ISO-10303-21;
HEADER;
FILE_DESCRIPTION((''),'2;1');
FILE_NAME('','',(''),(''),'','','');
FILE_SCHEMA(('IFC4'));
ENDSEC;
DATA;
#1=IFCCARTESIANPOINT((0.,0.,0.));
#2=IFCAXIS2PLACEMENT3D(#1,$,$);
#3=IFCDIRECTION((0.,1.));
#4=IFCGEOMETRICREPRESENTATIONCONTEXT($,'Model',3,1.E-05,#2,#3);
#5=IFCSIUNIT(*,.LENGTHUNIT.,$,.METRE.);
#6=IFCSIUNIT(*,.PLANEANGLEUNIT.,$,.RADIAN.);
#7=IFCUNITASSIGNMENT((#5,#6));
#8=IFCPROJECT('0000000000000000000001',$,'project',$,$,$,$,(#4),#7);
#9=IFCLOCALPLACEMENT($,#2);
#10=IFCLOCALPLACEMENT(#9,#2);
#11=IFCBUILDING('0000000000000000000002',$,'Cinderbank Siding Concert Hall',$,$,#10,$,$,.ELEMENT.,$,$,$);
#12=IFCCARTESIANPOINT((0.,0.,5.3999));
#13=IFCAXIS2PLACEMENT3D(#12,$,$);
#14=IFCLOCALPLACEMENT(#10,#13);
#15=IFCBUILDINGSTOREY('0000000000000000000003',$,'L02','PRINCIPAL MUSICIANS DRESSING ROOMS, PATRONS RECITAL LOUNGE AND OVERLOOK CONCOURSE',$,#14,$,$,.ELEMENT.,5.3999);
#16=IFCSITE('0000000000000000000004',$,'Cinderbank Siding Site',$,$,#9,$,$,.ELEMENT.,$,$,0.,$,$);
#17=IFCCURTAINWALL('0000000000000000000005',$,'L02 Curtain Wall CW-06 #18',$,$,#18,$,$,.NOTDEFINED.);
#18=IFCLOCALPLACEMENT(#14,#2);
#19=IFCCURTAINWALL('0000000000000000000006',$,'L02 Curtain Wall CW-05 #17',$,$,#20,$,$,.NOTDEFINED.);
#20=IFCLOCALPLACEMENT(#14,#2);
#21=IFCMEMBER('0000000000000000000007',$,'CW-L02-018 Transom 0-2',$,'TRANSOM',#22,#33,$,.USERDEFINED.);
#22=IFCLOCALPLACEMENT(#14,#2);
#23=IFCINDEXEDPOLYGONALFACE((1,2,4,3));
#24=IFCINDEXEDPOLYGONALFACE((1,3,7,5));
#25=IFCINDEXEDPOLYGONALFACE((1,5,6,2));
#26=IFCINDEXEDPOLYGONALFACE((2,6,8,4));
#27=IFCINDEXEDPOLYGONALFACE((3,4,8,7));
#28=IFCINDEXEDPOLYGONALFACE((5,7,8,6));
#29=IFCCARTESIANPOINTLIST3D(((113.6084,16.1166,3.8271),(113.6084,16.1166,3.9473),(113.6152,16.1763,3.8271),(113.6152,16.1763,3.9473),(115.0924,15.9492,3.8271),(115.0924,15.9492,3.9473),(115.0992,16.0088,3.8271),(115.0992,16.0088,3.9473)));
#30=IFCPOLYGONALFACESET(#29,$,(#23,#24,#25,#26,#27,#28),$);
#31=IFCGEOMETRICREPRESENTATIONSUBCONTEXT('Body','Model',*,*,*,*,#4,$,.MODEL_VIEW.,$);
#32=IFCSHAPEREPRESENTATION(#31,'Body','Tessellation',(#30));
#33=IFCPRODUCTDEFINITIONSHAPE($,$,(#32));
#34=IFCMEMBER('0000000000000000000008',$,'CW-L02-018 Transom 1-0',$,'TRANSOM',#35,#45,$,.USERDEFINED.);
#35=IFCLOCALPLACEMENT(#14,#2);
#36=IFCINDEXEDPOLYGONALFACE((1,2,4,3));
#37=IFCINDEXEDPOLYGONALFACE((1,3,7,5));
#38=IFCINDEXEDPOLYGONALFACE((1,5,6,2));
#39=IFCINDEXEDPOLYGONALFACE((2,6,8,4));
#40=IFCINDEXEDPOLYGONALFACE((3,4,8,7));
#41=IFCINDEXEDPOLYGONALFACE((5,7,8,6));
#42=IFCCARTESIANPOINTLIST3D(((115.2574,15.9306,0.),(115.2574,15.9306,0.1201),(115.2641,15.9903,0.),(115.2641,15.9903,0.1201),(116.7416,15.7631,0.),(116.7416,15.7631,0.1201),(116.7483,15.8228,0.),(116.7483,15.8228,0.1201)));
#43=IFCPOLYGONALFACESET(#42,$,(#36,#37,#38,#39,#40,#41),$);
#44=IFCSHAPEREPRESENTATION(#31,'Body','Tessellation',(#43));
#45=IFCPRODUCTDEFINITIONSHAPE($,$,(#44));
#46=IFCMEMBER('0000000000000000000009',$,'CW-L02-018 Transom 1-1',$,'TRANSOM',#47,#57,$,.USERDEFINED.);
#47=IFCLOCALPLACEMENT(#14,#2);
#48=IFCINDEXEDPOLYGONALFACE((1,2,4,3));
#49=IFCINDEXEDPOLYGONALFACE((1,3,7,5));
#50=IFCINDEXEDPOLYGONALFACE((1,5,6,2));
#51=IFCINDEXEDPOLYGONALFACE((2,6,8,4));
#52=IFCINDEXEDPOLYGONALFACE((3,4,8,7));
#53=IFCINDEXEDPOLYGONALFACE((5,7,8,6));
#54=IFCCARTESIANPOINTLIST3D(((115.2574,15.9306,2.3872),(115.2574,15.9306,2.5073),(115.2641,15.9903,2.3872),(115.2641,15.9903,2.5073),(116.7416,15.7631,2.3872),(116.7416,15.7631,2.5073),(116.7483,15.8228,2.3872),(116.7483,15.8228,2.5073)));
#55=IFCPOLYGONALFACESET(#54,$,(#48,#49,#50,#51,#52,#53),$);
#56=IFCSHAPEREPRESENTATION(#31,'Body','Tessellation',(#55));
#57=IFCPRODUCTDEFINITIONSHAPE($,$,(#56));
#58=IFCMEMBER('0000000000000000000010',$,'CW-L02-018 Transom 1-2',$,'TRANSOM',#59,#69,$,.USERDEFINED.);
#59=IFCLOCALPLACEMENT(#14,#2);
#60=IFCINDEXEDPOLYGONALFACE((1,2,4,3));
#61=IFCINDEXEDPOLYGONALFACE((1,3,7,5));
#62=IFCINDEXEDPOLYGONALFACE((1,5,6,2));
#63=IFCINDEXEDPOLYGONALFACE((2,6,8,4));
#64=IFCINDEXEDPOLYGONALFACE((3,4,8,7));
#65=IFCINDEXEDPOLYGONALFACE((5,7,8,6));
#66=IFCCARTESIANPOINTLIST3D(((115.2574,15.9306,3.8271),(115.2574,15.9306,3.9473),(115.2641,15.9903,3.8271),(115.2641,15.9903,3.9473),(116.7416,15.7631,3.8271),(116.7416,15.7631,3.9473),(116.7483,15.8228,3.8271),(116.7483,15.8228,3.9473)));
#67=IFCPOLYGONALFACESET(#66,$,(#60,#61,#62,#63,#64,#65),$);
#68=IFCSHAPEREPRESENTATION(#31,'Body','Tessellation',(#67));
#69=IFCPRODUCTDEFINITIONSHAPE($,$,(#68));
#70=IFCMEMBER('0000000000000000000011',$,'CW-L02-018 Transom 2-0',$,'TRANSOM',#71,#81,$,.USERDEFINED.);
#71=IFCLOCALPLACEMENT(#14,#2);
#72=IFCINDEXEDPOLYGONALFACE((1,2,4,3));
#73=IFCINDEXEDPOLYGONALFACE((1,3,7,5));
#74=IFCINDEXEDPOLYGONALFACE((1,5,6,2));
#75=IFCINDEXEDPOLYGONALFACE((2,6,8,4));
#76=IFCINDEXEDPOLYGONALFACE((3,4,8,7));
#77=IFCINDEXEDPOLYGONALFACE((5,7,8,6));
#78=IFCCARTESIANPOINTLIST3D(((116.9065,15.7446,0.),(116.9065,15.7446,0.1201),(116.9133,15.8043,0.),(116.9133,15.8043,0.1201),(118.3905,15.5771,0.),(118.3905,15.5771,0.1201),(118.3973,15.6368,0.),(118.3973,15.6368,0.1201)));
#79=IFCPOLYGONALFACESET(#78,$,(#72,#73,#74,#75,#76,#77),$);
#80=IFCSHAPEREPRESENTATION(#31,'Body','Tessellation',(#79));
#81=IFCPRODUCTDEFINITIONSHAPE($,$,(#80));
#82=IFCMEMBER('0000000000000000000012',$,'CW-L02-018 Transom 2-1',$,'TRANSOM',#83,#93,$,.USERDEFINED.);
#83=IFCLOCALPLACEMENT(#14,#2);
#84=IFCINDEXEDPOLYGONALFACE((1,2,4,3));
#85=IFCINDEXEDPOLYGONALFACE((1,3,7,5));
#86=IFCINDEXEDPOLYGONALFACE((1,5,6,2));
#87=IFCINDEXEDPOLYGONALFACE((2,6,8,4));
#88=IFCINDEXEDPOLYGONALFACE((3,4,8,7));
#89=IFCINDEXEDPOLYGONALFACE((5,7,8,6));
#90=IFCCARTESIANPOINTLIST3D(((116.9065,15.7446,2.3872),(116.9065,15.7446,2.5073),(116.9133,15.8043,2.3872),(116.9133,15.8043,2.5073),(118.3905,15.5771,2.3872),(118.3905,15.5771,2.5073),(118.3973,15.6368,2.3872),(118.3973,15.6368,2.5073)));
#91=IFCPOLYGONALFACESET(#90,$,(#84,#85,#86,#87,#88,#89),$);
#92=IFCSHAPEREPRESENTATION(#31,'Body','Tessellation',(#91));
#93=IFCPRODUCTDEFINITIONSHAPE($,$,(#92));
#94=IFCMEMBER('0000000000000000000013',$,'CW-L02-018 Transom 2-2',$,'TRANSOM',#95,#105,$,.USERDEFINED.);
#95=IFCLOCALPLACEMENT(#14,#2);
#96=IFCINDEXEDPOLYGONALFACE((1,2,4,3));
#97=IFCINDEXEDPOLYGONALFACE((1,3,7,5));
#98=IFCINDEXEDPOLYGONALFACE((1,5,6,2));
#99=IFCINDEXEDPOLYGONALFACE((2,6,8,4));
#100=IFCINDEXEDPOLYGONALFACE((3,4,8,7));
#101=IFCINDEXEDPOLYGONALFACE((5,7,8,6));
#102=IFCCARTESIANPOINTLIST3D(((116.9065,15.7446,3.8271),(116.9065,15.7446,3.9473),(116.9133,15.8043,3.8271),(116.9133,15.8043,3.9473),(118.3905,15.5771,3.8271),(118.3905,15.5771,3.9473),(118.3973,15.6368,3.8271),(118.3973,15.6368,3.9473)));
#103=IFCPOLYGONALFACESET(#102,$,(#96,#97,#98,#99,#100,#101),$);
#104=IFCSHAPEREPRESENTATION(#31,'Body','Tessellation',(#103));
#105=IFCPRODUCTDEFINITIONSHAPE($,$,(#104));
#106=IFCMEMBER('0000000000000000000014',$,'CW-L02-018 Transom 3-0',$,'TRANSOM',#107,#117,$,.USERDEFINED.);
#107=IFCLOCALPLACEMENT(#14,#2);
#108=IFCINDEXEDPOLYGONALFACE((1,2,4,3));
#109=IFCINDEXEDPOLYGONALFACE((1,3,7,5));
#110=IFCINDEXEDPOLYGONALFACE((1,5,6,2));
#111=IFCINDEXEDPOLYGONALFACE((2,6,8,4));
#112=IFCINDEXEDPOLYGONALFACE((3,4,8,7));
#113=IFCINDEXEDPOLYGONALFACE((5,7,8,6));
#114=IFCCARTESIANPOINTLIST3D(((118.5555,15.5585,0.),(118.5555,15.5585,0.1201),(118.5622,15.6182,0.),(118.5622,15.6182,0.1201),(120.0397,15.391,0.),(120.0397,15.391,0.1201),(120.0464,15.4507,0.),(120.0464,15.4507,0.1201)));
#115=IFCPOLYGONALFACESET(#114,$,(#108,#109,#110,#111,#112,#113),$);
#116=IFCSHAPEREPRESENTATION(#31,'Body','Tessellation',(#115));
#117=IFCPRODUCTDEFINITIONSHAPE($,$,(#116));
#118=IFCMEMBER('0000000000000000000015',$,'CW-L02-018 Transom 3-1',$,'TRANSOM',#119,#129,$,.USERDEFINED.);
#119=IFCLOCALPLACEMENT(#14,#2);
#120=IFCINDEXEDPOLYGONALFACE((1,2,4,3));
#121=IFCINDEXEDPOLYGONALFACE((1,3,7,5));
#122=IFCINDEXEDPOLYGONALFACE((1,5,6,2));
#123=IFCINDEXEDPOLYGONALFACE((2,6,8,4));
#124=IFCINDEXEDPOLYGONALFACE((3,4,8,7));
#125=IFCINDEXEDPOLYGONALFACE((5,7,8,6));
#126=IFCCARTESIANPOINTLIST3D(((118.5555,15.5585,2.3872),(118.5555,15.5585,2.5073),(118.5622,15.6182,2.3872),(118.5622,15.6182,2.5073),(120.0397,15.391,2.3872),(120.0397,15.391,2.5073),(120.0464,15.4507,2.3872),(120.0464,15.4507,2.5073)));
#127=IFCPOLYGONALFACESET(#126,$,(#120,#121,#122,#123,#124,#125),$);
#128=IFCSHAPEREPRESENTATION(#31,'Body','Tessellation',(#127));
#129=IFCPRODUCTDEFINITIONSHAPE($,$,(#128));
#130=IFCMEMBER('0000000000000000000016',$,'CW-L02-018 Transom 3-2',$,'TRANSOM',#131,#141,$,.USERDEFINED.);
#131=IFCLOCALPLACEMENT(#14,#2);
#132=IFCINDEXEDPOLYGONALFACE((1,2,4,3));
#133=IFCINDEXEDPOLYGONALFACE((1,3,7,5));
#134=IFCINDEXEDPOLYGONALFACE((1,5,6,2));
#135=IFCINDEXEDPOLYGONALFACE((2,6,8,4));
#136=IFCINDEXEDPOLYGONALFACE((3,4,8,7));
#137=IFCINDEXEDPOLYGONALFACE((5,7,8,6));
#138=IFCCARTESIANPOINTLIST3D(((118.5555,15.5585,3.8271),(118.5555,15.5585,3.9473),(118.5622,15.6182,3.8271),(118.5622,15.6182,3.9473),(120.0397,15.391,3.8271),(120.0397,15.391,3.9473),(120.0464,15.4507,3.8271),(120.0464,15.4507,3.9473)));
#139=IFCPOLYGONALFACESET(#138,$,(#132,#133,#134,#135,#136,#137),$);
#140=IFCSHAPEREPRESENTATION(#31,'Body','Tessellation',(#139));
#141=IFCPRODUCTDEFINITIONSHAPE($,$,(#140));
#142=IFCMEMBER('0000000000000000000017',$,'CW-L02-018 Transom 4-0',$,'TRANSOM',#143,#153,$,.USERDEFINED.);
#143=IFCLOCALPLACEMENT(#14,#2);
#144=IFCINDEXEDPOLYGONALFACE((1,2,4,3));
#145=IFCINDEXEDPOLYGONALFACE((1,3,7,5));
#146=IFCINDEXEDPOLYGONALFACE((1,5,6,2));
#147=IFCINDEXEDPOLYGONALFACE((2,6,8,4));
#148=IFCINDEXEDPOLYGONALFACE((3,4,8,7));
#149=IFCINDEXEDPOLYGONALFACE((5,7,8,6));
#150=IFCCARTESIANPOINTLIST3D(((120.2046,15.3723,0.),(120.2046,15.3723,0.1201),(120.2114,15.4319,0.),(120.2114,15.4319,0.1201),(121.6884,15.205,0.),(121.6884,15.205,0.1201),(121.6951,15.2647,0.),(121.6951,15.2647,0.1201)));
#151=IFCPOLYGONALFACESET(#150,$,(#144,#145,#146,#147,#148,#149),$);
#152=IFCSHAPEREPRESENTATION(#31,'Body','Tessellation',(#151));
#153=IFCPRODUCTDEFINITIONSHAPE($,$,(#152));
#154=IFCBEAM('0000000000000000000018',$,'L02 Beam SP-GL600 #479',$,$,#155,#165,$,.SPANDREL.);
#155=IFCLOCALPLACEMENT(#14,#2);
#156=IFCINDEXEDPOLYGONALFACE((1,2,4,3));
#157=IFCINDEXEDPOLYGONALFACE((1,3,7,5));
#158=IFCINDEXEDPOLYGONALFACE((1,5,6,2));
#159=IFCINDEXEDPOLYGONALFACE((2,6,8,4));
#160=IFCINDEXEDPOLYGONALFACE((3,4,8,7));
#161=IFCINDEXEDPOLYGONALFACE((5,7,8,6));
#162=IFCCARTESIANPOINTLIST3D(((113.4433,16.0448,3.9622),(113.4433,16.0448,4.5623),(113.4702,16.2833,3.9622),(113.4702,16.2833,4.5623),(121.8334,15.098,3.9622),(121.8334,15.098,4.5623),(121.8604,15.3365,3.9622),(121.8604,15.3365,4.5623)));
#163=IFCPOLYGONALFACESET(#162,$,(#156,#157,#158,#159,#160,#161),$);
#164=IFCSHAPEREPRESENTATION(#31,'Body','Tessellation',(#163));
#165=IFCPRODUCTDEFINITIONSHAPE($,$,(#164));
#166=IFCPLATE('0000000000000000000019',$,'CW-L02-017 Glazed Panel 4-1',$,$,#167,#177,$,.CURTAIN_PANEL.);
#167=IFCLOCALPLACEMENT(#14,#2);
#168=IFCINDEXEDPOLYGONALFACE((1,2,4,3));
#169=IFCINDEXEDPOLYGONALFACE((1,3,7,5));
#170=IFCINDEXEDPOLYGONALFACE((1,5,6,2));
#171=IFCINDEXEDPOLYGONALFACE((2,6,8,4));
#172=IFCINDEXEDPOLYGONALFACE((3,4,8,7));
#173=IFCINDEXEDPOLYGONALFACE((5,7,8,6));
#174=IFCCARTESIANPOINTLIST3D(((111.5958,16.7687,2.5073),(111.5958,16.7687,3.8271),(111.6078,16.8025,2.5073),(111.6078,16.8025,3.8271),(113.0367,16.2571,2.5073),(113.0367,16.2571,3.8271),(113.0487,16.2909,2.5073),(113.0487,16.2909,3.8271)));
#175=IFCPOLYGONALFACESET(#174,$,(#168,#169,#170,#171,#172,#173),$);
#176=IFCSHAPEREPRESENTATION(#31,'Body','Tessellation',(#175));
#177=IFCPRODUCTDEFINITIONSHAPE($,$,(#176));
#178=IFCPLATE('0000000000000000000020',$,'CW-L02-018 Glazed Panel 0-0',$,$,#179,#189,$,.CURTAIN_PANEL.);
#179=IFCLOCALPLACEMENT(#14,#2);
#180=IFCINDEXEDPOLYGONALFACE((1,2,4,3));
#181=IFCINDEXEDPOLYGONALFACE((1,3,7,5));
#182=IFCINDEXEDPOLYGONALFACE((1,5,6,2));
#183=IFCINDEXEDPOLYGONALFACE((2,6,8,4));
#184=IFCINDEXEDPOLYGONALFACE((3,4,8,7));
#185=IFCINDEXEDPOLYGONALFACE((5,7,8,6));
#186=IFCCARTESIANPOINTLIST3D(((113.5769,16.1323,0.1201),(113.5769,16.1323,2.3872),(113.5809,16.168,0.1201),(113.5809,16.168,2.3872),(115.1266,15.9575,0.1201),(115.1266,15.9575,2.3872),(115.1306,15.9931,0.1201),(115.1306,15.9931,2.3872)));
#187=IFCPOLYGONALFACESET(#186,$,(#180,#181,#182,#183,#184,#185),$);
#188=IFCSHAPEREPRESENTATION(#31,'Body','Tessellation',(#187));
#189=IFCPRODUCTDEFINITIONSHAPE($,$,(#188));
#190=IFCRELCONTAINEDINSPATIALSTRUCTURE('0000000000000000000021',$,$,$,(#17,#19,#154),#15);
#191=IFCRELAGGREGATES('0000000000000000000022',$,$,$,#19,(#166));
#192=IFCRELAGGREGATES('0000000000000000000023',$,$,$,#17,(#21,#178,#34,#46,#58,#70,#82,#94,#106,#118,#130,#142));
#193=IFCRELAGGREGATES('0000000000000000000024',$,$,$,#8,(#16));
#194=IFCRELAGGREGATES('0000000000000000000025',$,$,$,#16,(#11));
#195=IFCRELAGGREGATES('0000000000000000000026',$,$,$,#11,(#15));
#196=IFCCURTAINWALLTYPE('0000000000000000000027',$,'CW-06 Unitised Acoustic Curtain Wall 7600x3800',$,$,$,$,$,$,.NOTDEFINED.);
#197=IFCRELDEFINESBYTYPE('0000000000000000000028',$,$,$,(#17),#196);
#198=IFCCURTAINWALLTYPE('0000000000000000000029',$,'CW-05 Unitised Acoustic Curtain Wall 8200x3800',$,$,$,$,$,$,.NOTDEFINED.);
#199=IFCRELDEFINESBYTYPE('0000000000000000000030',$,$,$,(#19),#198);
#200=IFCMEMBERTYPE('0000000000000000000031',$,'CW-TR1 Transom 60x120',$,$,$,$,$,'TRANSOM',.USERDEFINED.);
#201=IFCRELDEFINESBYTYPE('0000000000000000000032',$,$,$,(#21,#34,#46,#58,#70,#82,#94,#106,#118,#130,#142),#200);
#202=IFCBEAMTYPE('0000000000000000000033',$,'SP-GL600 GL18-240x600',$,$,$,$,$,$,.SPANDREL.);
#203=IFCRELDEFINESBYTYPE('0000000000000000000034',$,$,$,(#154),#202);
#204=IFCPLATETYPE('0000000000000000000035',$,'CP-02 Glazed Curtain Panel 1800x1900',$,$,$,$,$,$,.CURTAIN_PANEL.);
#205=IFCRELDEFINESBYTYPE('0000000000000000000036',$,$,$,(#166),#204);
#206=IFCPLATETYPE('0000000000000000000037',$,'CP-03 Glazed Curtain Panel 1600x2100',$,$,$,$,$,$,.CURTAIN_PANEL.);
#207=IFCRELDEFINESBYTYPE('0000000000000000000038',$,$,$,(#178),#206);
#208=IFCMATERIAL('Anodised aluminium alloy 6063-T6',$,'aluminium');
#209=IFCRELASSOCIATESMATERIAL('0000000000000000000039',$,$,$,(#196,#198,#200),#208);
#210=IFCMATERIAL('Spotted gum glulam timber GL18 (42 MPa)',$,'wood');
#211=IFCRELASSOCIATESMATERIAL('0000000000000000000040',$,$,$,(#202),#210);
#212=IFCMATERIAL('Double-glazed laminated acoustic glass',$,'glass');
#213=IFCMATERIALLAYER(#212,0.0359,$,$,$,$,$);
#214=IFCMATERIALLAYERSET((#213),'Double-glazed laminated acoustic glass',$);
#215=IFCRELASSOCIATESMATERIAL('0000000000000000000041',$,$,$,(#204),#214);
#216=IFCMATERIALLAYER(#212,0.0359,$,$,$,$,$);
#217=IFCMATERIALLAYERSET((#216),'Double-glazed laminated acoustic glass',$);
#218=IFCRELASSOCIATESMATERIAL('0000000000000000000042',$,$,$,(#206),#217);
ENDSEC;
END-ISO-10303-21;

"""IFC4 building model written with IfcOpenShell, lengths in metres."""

from ifc_helpers import new_model, si_unit, direction, frame, origin, origin_2d, place, context, subcontext, project, spatial, rectangle, extrude, material, layer, layer_set, material_profile, profile_set, type_object, element, aggregate, save


model = new_model("IFC4")

# Units and contexts
model_context = context("Model", 3, precision=1e-05, world=origin(), true_north=direction((0.0, 1.0)))
body_context = subcontext(model_context, "Body", "Model", "MODEL_VIEW")
ifc_project = project(units=[si_unit("LENGTHUNIT", "METRE"), si_unit("PLANEANGLEUNIT", "RADIAN")], contexts=[model_context])

# Site, building, storey
site_placement = place(None, origin())
site = spatial("IfcSite", under=ifc_project, at=site_placement, Name="Cinderbank Siding Site", CompositionType="ELEMENT", RefElevation=0.0)
building_placement = place(site_placement, origin())
building = spatial("IfcBuilding", under=site, at=building_placement, Name="Cinderbank Siding Concert Hall", CompositionType="ELEMENT")
storey_placement = place(building_placement, frame((0.0, 0.0, 5.3999)))
storey = spatial("IfcBuildingStorey", under=building, at=storey_placement, Name="L02", Description="PRINCIPAL MUSICIANS DRESSING ROOMS, PATRONS RECITAL LOUNGE AND OVERLOOK CONCOURSE", CompositionType="ELEMENT", Elevation=5.3999)

# Curtain wall
ifc_material_1 = material(Name="Anodised aluminium alloy 6063-T6", Category="aluminium")
curtain_wall_type_1 = type_object("IfcCurtainWallType", Name="CW-06 Unitised Acoustic Curtain Wall 7600x3800", PredefinedType="NOTDEFINED", material=ifc_material_1)
curtain_wall_1_placement = place(storey_placement, origin())
curtain_wall_1 = element("IfcCurtainWall", 1, at=curtain_wall_1_placement, inside=storey, type_object=curtain_wall_type_1, Name="L02 Curtain Wall CW-06 #18", PredefinedType="NOTDEFINED")

# Curtain wall
curtain_wall_type_2 = type_object("IfcCurtainWallType", Name="CW-05 Unitised Acoustic Curtain Wall 8200x3800", PredefinedType="NOTDEFINED", material=ifc_material_1)
curtain_wall_2_placement = place(storey_placement, origin())
curtain_wall_2 = element("IfcCurtainWall", 2, at=curtain_wall_2_placement, inside=storey, type_object=curtain_wall_type_2, Name="L02 Curtain Wall CW-05 #17", PredefinedType="NOTDEFINED")

# Members
ifc_material_profile_1 = material_profile(ifc_material_1, rectangle(XDim=0.0601, YDim=0.1201, at=origin_2d()), Name="ALU-TRAN-60x120", Category="LoadBearing")
ifc_profile_set_1 = profile_set([ifc_material_profile_1], Name="Anodised aluminium alloy 6063-T6")
member_type_1 = type_object("IfcMemberType", Name="CW-TR1 Transom 60x120", ElementType="TRANSOM", PredefinedType="USERDEFINED", material=ifc_profile_set_1)
member_1_placement = place(storey_placement, frame((113.6118, 16.1465, 3.8872), z_axis=(0.993691, -0.112154, 0.0), x_axis=(0.112154, 0.993691, 0.0)))
member_1 = element("IfcMember", 3, at=member_1_placement, type_object=member_type_1, Name="CW-L02-018 Transom 0-2", ObjectType="TRANSOM", PredefinedType="USERDEFINED", context=body_context, shape_type="SweptSolid", body=[
    extrude(rectangle(XDim=0.0601, YDim=0.1201, at=origin_2d()), origin(), (0.0, 0.0, 1.0), 1.4934),
])
member_2_placement = place(storey_placement, frame((115.2607, 15.9604, 0.0601), z_axis=(0.993693, -0.112136, 0.0), x_axis=(0.112136, 0.993693, 0.0)))
member_2 = element("IfcMember", 4, at=member_2_placement, type_object=member_type_1, Name="CW-L02-018 Transom 1-0", ObjectType="TRANSOM", PredefinedType="USERDEFINED", context=body_context, shape_type="SweptSolid", body=[
    extrude(rectangle(XDim=0.0601, YDim=0.1201, at=origin_2d()), origin(), (0.0, 0.0, 1.0), 1.4937),
])
member_3_placement = place(storey_placement, frame((115.2607, 15.9604, 2.4473), z_axis=(0.993693, -0.112136, 0.0), x_axis=(0.112136, 0.993693, 0.0)))
member_3 = element("IfcMember", 5, at=member_3_placement, type_object=member_type_1, Name="CW-L02-018 Transom 1-1", ObjectType="TRANSOM", PredefinedType="USERDEFINED", context=body_context, shape_type="SweptSolid", body=[
    extrude(rectangle(XDim=0.0601, YDim=0.1201, at=origin_2d()), origin(), (0.0, 0.0, 1.0), 1.4937),
])
member_4_placement = place(storey_placement, frame((115.2607, 15.9604, 3.8872), z_axis=(0.993693, -0.112136, 0.0), x_axis=(0.112136, 0.993693, 0.0)))
member_4 = element("IfcMember", 6, at=member_4_placement, type_object=member_type_1, Name="CW-L02-018 Transom 1-2", ObjectType="TRANSOM", PredefinedType="USERDEFINED", context=body_context, shape_type="SweptSolid", body=[
    extrude(rectangle(XDim=0.0601, YDim=0.1201, at=origin_2d()), origin(), (0.0, 0.0, 1.0), 1.4937),
])
member_5_placement = place(storey_placement, frame((116.9099, 15.7744, 0.0601), z_axis=(0.993691, -0.112154, 0.0), x_axis=(0.112154, 0.993691, 0.0)))
member_5 = element("IfcMember", 7, at=member_5_placement, type_object=member_type_1, Name="CW-L02-018 Transom 2-0", ObjectType="TRANSOM", PredefinedType="USERDEFINED", context=body_context, shape_type="SweptSolid", body=[
    extrude(rectangle(XDim=0.0601, YDim=0.1201, at=origin_2d()), origin(), (0.0, 0.0, 1.0), 1.4934),
])
member_6_placement = place(storey_placement, frame((116.9099, 15.7744, 2.4473), z_axis=(0.993691, -0.112154, 0.0), x_axis=(0.112154, 0.993691, 0.0)))
member_6 = element("IfcMember", 8, at=member_6_placement, type_object=member_type_1, Name="CW-L02-018 Transom 2-1", ObjectType="TRANSOM", PredefinedType="USERDEFINED", context=body_context, shape_type="SweptSolid", body=[
    extrude(rectangle(XDim=0.0601, YDim=0.1201, at=origin_2d()), origin(), (0.0, 0.0, 1.0), 1.4934),
])
member_7_placement = place(storey_placement, frame((116.9099, 15.7744, 3.8872), z_axis=(0.993691, -0.112154, 0.0), x_axis=(0.112154, 0.993691, 0.0)))
member_7 = element("IfcMember", 9, at=member_7_placement, type_object=member_type_1, Name="CW-L02-018 Transom 2-2", ObjectType="TRANSOM", PredefinedType="USERDEFINED", context=body_context, shape_type="SweptSolid", body=[
    extrude(rectangle(XDim=0.0601, YDim=0.1201, at=origin_2d()), origin(), (0.0, 0.0, 1.0), 1.4934),
])
member_8_placement = place(storey_placement, frame((118.5588, 15.5884, 0.0601), z_axis=(0.993693, -0.112136, 0.0), x_axis=(0.112136, 0.993693, 0.0)))
member_8 = element("IfcMember", 10, at=member_8_placement, type_object=member_type_1, Name="CW-L02-018 Transom 3-0", ObjectType="TRANSOM", PredefinedType="USERDEFINED", context=body_context, shape_type="SweptSolid", body=[
    extrude(rectangle(XDim=0.0601, YDim=0.1201, at=origin_2d()), origin(), (0.0, 0.0, 1.0), 1.4937),
])
member_9_placement = place(storey_placement, frame((118.5588, 15.5884, 2.4473), z_axis=(0.993693, -0.112136, 0.0), x_axis=(0.112136, 0.993693, 0.0)))
member_9 = element("IfcMember", 11, at=member_9_placement, type_object=member_type_1, Name="CW-L02-018 Transom 3-1", ObjectType="TRANSOM", PredefinedType="USERDEFINED", context=body_context, shape_type="SweptSolid", body=[
    extrude(rectangle(XDim=0.0601, YDim=0.1201, at=origin_2d()), origin(), (0.0, 0.0, 1.0), 1.4937),
])
member_10_placement = place(storey_placement, frame((118.5588, 15.5884, 3.8872), z_axis=(0.993693, -0.112136, 0.0), x_axis=(0.112136, 0.993693, 0.0)))
member_10 = element("IfcMember", 12, at=member_10_placement, type_object=member_type_1, Name="CW-L02-018 Transom 3-2", ObjectType="TRANSOM", PredefinedType="USERDEFINED", context=body_context, shape_type="SweptSolid", body=[
    extrude(rectangle(XDim=0.0601, YDim=0.1201, at=origin_2d()), origin(), (0.0, 0.0, 1.0), 1.4937),
])
member_11_placement = place(storey_placement, frame((120.208, 15.4021, 0.0601), z_axis=(0.993709, -0.111993, 0.0), x_axis=(0.111993, 0.993709, 0.0)))
member_11 = element("IfcMember", 13, at=member_11_placement, type_object=member_type_1, Name="CW-L02-018 Transom 4-0", ObjectType="TRANSOM", PredefinedType="USERDEFINED", context=body_context, shape_type="SweptSolid", body=[
    extrude(rectangle(XDim=0.0601, YDim=0.1201, at=origin_2d()), origin(), (0.0, 0.0, 1.0), 1.4932),
])

# Beam
ifc_material_2 = material(Name="Spotted gum glulam timber GL18 (42 MPa)", Category="wood")
ifc_material_profile_2 = material_profile(ifc_material_2, rectangle(XDim=0.24, YDim=0.6001, at=origin_2d()), Name="GL18-240x600", Category="LoadBearing")
ifc_profile_set_2 = profile_set([ifc_material_profile_2], Name="Spotted gum glulam timber GL18 (42 MPa)")
beam_type_1 = type_object("IfcBeamType", Name="SP-GL600 GL18-240x600", PredefinedType="SPANDREL", material=ifc_profile_set_2)
beam_1_placement = place(storey_placement, frame((113.4568, 16.1641, 4.2622), z_axis=(0.993693, -0.112132, 0.0), x_axis=(0.112132, 0.993693, 0.0)))
element("IfcBeam", 14, at=beam_1_placement, inside=storey, type_object=beam_type_1, Name="L02 Beam SP-GL600 #479", PredefinedType="SPANDREL", context=body_context, shape_type="SweptSolid", body=[
    extrude(rectangle(XDim=0.24, YDim=0.6001, at=origin_2d()), origin(), (0.0, 0.0, 1.0), 8.4434),
])

# Plates
ifc_material_3 = material(Name="Double-glazed laminated acoustic glass", Category="glass")
ifc_layer_1 = layer(ifc_material_3, 0.0359)
ifc_layer_set_1 = layer_set([ifc_layer_1], Name="Double-glazed laminated acoustic glass")
plate_type_1 = type_object("IfcPlateType", Name="CP-02 Glazed Curtain Panel 1800x1900", PredefinedType="CURTAIN_PANEL", material=ifc_layer_set_1)
plate_1_placement = place(storey_placement, frame((112.3223, 16.5298, 2.5073), z_axis=(0.0, 0.0, 1.0), x_axis=(0.942366, -0.334585, 0.0)))
plate_1 = element("IfcPlate", 15, at=plate_1_placement, type_object=plate_type_1, Name="CW-L02-017 Glazed Panel 4-1", PredefinedType="CURTAIN_PANEL", context=body_context, shape_type="SweptSolid", body=[
    extrude(rectangle(XDim=1.5291, YDim=0.0359, at=origin_2d()), origin(), (0.0, 0.0, 1.0), 1.3198),
])
aggregate(curtain_wall_2, [plate_1])
ifc_layer_2 = layer(ifc_material_3, 0.0359)
ifc_layer_set_2 = layer_set([ifc_layer_2], Name="Double-glazed laminated acoustic glass")
plate_type_2 = type_object("IfcPlateType", Name="CP-03 Glazed Curtain Panel 1600x2100", PredefinedType="CURTAIN_PANEL", material=ifc_layer_set_2)
plate_2_placement = place(storey_placement, frame((114.3538, 16.0627, 0.1201), z_axis=(0.0, 0.0, 1.0), x_axis=(0.993694, -0.112129, 0.0)))
plate_2 = element("IfcPlate", 16, at=plate_2_placement, type_object=plate_type_2, Name="CW-L02-018 Glazed Panel 0-0", PredefinedType="CURTAIN_PANEL", context=body_context, shape_type="SweptSolid", body=[
    extrude(rectangle(XDim=1.5596, YDim=0.0359, at=origin_2d()), origin(), (0.0, 0.0, 1.0), 2.2671),
])
aggregate(curtain_wall_1, [member_1, plate_2, member_2, member_3, member_4, member_5, member_6, member_7, member_8, member_9, member_10, member_11])

save(model, "model.ifc")
